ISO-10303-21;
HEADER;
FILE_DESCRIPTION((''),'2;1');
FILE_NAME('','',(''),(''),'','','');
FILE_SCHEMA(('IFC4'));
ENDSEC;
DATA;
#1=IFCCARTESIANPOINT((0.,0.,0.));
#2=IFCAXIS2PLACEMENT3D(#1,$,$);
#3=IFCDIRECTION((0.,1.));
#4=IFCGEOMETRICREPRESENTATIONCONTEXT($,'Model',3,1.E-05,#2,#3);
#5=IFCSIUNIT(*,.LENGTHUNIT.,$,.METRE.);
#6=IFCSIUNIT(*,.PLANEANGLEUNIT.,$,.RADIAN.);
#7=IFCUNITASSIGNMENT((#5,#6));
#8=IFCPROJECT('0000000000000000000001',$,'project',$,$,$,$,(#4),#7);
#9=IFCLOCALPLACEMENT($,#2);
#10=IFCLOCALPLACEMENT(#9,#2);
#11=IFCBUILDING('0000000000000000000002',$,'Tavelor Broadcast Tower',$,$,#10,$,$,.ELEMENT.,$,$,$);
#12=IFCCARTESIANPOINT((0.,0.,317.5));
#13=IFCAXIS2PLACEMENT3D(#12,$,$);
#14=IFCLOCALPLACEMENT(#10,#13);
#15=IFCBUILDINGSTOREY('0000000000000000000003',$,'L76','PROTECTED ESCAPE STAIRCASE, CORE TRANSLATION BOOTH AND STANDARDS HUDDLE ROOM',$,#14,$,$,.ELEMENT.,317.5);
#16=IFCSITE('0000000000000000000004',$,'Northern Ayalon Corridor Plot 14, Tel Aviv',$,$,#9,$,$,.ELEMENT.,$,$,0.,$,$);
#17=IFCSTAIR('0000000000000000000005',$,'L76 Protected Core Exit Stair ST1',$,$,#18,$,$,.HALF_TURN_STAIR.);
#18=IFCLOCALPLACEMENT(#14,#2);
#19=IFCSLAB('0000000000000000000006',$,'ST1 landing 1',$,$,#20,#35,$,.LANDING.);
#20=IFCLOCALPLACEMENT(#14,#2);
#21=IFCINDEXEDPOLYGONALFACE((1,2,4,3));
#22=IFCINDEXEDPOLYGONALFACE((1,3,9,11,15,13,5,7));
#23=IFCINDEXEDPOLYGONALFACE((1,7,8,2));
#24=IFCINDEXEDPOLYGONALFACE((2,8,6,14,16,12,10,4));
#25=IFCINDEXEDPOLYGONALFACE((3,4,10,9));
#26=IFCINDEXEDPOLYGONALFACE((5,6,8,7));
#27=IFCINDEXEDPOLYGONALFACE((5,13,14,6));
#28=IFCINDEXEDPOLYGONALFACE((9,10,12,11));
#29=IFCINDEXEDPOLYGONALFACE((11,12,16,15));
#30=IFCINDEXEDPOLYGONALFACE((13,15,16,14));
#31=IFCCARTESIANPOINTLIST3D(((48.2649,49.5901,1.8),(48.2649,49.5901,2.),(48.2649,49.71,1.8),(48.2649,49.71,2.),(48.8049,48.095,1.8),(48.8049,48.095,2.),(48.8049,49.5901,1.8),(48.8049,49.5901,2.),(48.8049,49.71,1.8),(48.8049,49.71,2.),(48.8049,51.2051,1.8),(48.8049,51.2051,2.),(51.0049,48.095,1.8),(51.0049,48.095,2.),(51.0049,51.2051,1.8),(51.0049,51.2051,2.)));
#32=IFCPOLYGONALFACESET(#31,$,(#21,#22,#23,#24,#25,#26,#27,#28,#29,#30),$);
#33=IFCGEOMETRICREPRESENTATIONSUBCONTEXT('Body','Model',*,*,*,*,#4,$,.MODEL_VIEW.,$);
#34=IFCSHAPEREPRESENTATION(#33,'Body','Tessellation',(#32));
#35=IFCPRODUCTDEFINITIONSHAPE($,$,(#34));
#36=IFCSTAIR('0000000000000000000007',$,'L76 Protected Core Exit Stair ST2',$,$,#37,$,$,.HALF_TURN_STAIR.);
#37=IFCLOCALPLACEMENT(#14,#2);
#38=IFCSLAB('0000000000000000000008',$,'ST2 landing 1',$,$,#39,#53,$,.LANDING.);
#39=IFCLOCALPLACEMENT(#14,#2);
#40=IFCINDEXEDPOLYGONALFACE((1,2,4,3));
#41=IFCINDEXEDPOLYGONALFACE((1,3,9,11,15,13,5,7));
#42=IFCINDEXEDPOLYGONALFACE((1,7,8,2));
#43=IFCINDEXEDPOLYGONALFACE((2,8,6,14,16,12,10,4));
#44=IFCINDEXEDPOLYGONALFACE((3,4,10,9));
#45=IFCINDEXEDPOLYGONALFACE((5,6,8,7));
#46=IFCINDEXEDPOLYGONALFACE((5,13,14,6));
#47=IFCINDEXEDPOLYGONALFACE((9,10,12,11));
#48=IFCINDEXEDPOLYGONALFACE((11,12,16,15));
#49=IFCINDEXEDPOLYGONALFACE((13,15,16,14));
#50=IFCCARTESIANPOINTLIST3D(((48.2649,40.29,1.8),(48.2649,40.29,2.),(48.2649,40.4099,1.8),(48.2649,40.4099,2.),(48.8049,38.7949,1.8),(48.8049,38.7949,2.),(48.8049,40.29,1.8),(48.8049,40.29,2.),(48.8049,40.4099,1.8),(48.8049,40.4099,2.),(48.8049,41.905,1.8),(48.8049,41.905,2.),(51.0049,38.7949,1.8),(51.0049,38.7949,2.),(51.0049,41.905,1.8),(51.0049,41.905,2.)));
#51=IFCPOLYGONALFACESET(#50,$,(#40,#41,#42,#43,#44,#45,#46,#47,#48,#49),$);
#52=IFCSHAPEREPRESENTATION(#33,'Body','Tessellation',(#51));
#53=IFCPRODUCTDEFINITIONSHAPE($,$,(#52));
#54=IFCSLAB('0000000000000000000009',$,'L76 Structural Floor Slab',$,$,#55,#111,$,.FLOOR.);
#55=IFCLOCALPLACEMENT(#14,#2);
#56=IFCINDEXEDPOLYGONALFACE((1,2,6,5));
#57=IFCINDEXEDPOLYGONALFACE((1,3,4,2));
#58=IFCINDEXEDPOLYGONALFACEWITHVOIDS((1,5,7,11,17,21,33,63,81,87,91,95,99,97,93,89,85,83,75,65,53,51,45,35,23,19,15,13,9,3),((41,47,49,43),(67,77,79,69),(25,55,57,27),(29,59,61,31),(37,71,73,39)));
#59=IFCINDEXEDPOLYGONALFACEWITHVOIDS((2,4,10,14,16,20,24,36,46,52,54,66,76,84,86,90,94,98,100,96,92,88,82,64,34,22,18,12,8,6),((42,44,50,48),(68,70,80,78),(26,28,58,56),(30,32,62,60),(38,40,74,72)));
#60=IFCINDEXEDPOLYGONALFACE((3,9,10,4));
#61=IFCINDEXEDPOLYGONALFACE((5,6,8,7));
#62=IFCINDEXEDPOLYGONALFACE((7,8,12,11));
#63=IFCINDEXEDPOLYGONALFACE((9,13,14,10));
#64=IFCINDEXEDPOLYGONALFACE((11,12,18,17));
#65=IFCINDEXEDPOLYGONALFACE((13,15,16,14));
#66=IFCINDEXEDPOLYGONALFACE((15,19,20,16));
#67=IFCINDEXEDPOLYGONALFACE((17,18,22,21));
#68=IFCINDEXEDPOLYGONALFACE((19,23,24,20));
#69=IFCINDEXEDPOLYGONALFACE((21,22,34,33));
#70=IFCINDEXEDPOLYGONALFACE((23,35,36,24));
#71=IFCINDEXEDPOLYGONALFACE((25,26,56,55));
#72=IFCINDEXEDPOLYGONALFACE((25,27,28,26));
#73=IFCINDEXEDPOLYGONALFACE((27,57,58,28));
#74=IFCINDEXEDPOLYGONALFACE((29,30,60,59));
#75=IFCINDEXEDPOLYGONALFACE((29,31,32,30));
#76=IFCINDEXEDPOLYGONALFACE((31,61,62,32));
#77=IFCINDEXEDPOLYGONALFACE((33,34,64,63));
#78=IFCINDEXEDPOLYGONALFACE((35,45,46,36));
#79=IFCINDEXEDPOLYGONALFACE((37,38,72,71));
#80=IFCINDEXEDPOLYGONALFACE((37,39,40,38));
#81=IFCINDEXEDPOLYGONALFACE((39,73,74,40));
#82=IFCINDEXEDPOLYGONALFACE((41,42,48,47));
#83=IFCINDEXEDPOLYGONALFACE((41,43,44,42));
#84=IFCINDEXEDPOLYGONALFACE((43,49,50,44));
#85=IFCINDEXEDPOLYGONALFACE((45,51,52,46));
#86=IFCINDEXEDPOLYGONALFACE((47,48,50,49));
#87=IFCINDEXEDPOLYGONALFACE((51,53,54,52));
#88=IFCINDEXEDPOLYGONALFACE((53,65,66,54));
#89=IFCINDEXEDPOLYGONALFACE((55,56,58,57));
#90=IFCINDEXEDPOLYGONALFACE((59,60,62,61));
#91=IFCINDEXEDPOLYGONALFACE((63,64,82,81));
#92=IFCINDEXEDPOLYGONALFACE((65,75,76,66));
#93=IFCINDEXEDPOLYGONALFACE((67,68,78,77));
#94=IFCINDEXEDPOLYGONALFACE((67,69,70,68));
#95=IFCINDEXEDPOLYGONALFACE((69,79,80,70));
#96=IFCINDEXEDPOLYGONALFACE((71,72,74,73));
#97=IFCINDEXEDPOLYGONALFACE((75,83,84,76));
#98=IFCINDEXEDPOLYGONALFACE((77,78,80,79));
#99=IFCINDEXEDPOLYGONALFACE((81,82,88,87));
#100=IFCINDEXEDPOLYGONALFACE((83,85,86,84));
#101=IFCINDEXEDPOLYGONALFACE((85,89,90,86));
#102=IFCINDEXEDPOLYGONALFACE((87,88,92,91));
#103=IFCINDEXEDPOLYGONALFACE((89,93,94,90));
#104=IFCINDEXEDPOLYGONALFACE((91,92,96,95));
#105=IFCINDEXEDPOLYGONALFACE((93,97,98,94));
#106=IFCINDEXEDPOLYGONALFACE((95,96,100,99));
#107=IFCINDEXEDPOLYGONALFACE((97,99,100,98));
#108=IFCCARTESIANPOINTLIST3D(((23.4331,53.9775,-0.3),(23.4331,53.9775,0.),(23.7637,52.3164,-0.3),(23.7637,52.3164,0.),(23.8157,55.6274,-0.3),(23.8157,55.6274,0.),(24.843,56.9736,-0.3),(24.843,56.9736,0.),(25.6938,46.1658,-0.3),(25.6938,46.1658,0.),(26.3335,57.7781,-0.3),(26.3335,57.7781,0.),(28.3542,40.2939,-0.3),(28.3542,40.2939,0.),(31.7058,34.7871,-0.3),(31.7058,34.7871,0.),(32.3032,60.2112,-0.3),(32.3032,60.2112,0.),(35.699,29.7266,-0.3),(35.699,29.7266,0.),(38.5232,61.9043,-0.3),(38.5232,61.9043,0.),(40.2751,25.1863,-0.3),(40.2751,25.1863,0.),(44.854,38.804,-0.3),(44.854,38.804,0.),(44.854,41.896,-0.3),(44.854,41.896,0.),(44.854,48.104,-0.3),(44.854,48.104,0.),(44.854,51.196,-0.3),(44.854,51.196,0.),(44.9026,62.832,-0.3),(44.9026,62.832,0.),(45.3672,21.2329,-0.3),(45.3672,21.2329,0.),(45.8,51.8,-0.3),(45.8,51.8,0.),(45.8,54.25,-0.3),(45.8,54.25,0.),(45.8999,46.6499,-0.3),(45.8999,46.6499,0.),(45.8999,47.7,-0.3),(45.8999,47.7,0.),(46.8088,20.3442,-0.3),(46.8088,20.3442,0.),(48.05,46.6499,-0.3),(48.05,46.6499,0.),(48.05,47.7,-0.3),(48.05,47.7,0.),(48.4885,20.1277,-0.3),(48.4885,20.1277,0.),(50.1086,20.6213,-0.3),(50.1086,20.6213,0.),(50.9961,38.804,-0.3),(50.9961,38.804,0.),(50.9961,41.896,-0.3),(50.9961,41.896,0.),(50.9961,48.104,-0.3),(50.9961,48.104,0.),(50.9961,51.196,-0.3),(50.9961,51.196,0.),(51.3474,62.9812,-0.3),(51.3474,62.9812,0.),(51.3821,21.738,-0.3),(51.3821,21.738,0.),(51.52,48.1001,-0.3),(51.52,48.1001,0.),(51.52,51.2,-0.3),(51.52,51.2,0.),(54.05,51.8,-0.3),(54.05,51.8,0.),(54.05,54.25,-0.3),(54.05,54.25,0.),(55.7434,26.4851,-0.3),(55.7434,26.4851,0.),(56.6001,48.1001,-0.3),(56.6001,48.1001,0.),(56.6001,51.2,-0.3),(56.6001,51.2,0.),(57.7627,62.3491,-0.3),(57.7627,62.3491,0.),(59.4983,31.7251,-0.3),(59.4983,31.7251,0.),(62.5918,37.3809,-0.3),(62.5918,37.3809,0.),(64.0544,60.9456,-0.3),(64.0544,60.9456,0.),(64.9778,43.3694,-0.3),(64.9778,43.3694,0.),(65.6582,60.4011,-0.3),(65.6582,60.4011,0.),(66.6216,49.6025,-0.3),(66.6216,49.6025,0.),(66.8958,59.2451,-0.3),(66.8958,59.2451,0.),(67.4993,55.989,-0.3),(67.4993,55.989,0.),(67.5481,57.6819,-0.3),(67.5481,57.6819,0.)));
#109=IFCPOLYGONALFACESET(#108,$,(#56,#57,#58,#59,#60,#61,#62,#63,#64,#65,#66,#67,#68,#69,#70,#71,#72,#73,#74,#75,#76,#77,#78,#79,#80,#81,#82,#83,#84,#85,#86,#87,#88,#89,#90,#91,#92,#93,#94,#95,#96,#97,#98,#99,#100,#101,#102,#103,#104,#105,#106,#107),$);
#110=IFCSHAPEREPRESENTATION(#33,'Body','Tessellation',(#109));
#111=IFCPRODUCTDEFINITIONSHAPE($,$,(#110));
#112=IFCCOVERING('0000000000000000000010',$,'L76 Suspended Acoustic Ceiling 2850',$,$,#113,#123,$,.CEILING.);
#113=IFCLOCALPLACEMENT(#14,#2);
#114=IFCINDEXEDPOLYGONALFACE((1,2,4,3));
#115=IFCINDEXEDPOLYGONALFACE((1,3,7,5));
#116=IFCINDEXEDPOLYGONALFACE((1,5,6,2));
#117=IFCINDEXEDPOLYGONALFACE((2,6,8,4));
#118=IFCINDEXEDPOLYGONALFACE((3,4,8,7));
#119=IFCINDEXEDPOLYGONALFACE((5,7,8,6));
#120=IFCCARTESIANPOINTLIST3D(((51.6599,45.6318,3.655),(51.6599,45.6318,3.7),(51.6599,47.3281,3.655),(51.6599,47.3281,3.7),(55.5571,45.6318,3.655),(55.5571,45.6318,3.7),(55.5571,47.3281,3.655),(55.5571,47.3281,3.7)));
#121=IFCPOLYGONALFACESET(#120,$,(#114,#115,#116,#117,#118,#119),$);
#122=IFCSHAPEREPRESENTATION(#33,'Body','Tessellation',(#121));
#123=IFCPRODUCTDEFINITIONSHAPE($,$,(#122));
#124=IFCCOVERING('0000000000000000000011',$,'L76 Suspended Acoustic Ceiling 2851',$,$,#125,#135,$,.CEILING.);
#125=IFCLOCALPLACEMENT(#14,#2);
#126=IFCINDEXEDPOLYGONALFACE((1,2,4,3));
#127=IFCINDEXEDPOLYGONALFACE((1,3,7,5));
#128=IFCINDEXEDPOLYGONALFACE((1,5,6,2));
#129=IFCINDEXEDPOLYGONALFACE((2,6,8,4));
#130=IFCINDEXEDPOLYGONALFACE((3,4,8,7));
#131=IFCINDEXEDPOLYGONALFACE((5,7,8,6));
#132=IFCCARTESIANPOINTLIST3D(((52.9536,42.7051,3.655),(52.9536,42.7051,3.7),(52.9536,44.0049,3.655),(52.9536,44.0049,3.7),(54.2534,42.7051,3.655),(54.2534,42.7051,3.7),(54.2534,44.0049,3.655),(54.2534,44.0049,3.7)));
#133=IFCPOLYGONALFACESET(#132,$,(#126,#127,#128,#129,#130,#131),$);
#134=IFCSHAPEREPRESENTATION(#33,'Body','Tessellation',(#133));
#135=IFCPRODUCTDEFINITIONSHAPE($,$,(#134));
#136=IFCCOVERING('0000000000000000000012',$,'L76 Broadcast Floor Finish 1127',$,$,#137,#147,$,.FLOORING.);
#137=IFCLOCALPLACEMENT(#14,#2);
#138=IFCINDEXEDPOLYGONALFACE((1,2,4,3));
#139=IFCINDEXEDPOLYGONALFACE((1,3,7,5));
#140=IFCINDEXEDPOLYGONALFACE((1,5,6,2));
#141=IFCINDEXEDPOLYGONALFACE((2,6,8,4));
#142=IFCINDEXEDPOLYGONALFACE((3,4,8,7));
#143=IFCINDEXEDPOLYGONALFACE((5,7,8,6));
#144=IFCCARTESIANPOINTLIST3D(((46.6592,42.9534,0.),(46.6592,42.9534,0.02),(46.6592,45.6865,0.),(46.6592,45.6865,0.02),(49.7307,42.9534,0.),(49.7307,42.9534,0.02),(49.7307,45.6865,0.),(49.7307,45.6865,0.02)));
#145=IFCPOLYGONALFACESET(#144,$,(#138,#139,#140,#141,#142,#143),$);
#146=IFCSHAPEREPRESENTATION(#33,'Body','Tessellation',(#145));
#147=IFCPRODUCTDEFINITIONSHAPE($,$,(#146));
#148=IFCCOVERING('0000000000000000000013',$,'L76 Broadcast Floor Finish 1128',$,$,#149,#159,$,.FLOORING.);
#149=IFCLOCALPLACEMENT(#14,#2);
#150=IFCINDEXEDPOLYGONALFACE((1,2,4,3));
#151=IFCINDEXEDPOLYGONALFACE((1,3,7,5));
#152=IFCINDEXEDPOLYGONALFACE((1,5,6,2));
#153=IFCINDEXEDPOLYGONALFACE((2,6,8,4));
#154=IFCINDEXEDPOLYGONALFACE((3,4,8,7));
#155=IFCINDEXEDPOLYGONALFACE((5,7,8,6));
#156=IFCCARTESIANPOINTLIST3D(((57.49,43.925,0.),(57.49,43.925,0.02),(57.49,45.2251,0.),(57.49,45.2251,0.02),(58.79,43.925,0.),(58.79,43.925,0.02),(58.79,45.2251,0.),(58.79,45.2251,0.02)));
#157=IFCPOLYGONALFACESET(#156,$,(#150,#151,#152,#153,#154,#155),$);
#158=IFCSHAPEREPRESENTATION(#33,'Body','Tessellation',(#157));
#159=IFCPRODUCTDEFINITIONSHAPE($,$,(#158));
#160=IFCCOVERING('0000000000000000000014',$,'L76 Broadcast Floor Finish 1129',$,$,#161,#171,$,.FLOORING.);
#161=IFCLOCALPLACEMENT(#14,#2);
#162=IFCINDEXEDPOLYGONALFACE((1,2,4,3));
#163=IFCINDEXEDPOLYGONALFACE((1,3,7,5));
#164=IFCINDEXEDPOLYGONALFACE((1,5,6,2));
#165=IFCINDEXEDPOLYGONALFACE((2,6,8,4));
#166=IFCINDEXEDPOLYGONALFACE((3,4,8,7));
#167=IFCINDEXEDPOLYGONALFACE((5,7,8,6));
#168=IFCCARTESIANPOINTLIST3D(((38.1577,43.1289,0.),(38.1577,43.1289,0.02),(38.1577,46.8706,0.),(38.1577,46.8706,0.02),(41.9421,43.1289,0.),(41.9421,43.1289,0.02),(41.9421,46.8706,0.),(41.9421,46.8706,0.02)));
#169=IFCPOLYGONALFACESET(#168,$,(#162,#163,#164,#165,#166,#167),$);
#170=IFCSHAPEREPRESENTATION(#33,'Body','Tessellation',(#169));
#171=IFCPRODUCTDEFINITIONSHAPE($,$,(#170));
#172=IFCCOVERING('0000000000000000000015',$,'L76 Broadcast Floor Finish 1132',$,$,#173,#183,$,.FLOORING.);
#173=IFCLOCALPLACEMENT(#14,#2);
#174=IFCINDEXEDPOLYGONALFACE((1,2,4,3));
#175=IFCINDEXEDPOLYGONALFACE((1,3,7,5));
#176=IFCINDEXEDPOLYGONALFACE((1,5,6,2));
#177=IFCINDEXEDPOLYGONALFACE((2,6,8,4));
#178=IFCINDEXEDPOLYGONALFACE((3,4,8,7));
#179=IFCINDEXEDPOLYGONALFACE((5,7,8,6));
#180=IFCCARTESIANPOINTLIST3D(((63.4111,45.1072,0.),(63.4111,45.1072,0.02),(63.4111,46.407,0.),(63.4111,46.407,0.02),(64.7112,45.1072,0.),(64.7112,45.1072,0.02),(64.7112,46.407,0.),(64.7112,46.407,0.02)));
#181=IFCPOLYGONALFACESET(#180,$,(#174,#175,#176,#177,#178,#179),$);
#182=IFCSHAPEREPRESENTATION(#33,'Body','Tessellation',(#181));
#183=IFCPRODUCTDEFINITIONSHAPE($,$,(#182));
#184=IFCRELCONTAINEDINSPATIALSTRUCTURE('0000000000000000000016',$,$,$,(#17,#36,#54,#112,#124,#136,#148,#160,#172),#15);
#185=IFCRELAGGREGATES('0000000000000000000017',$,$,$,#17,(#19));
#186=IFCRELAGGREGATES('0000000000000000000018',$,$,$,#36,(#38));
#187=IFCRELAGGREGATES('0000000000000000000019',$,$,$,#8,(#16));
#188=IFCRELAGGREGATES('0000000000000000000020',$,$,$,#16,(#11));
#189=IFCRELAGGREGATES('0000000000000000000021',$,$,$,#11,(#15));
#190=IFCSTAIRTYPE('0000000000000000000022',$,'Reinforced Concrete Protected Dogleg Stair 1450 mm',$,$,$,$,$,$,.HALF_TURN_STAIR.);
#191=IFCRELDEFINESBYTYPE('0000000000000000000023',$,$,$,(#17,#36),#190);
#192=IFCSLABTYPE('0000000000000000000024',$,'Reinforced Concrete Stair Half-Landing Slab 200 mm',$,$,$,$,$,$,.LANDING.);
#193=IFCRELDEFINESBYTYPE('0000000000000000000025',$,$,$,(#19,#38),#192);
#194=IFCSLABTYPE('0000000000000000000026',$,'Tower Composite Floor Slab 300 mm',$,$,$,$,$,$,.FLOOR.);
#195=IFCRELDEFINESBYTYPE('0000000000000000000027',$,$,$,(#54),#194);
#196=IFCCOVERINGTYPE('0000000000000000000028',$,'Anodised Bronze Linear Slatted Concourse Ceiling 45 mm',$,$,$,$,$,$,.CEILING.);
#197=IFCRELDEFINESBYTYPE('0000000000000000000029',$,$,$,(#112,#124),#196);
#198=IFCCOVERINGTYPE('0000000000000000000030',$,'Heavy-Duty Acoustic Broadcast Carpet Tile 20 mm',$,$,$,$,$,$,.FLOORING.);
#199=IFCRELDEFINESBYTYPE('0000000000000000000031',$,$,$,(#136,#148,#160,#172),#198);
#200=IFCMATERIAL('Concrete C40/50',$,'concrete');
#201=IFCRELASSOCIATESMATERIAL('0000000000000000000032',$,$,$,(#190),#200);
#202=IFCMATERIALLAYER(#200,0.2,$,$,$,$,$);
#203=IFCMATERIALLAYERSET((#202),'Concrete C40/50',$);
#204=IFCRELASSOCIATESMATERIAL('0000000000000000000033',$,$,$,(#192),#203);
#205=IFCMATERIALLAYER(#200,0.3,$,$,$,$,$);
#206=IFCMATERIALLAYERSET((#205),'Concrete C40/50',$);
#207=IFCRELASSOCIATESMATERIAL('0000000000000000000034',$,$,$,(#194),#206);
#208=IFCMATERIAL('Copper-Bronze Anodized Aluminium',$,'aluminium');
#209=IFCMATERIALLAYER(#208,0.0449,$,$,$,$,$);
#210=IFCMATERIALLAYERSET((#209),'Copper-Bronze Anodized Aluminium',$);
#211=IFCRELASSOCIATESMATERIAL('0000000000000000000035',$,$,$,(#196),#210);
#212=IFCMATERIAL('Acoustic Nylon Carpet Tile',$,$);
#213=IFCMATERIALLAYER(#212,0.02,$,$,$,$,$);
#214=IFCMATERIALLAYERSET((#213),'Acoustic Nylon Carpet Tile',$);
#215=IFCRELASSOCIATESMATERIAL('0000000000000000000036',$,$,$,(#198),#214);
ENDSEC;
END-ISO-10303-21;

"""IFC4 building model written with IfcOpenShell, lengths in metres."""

from ifc_helpers import new_model, si_unit, direction, frame, origin, place, context, subcontext, project, spatial, polyline, outline, extrude, material, layer, layer_set, type_object, element, aggregate, save


model = new_model("IFC4")

# Units and contexts
model_context = context("Model", 3, precision=1e-05, world=origin(), true_north=direction((0.0, 1.0)))
body_context = subcontext(model_context, "Body", "Model", "MODEL_VIEW")
ifc_project = project(units=[si_unit("LENGTHUNIT", "METRE"), si_unit("PLANEANGLEUNIT", "RADIAN")], contexts=[model_context])

# Site, building, storey
site_placement = place(None, origin())
site = spatial("IfcSite", under=ifc_project, at=site_placement, Name="Northern Ayalon Corridor Plot 14, Tel Aviv", CompositionType="ELEMENT", RefElevation=0.0)
building_placement = place(site_placement, origin())
building = spatial("IfcBuilding", under=site, at=building_placement, Name="Tavelor Broadcast Tower", CompositionType="ELEMENT")
storey_placement = place(building_placement, frame((0.0, 0.0, 317.5)))
storey = spatial("IfcBuildingStorey", under=building, at=storey_placement, Name="L76", Description="PROTECTED ESCAPE STAIRCASE, CORE TRANSLATION BOOTH AND STANDARDS HUDDLE ROOM", CompositionType="ELEMENT", Elevation=317.5)

# Stairs, slabs
ifc_material_1 = material(Name="Concrete C40/50", Category="concrete")
stair_type = type_object("IfcStairType", Name="Reinforced Concrete Protected Dogleg Stair 1450 mm", PredefinedType="HALF_TURN_STAIR", material=ifc_material_1)
stair_1_placement = place(storey_placement, origin())
stair_1 = element("IfcStair", 1, at=stair_1_placement, inside=storey, type_object=stair_type, Name="L76 Protected Core Exit Stair ST1", PredefinedType="HALF_TURN_STAIR")
ifc_layer_1 = layer(ifc_material_1, 0.2)
ifc_layer_set_1 = layer_set([ifc_layer_1], Name="Concrete C40/50")
slab_type_1 = type_object("IfcSlabType", Name="Reinforced Concrete Stair Half-Landing Slab 200 mm", PredefinedType="LANDING", material=ifc_layer_set_1)
slab_1_placement = place(storey_placement, frame((0.0, 0.0, 1.8)))
slab_1 = element("IfcSlab", 2, at=slab_1_placement, type_object=slab_type_1, Name="ST1 landing 1", PredefinedType="LANDING", context=body_context, shape_type="SweptSolid", body=[
    extrude(outline(polyline([(48.8049, 49.5901), (48.8049, 48.095), (51.0049, 48.095), (51.0049, 51.2051), (48.8049, 51.2051), (48.8049, 49.71), (48.2649, 49.71), (48.2649, 49.5901), (48.8049, 49.5901)])), origin(), (0.0, 0.0, 1.0), 0.2),
])
aggregate(stair_1, [slab_1])
stair_2_placement = place(storey_placement, origin())
stair_2 = element("IfcStair", 3, at=stair_2_placement, inside=storey, type_object=stair_type, Name="L76 Protected Core Exit Stair ST2", PredefinedType="HALF_TURN_STAIR")
slab_2_placement = place(storey_placement, frame((0.0, 0.0, 1.8)))
slab_2 = element("IfcSlab", 4, at=slab_2_placement, type_object=slab_type_1, Name="ST2 landing 1", PredefinedType="LANDING", context=body_context, shape_type="SweptSolid", body=[
    extrude(outline(polyline([(48.8049, 40.29), (48.8049, 38.7949), (51.0049, 38.7949), (51.0049, 41.905), (48.8049, 41.905), (48.8049, 40.4099), (48.2649, 40.4099), (48.2649, 40.29), (48.8049, 40.29)])), origin(), (0.0, 0.0, 1.0), 0.2),
])
aggregate(stair_2, [slab_2])

# Slab
ifc_layer_2 = layer(ifc_material_1, 0.3)
ifc_layer_set_2 = layer_set([ifc_layer_2], Name="Concrete C40/50")
slab_type_2 = type_object("IfcSlabType", Name="Tower Composite Floor Slab 300 mm", PredefinedType="FLOOR", material=ifc_layer_set_2)
slab_3_placement = place(storey_placement, frame((0.0, 0.0, -0.3)))
element("IfcSlab", 5, at=slab_3_placement, inside=storey, type_object=slab_type_2, Name="L76 Structural Floor Slab", PredefinedType="FLOOR", context=body_context, shape_type="SweptSolid", body=[
    extrude(outline(polyline([(26.3335, 57.7781), (24.843, 56.9736), (23.8157, 55.6274), (23.4331, 53.9775), (23.7637, 52.3164), (25.6938, 46.1658), (28.3542, 40.2939), (31.7058, 34.7871), (35.699, 29.7266), (40.2751, 25.1863), (45.3672, 21.2329), (46.8088, 20.3442), (48.4885, 20.1277), (50.1086, 20.6213), (51.3821, 21.738), (55.7434, 26.4851), (59.4983, 31.7251), (62.5918, 37.3809), (64.9778, 43.3694), (66.6216, 49.6025), (67.4993, 55.989), (67.5481, 57.6819), (66.8958, 59.2451), (65.6582, 60.4011), (64.0544, 60.9456), (57.7627, 62.3491), (51.3474, 62.9812), (44.9026, 62.832), (38.5232, 61.9043), (32.3032, 60.2112), (26.3335, 57.7781)]), holes=[polyline([(50.9961, 41.896), (50.9961, 38.804), (44.854, 38.804), (44.854, 41.896), (50.9961, 41.896)]), polyline([(48.05, 47.7), (48.05, 46.6499), (45.8999, 46.6499), (45.8999, 47.7), (48.05, 47.7)]), polyline([(50.9961, 51.196), (50.9961, 48.104), (44.854, 48.104), (44.854, 51.196), (50.9961, 51.196)]), polyline([(56.6001, 48.1001), (51.52, 48.1001), (51.52, 51.2), (56.6001, 51.2), (56.6001, 48.1001)]), polyline([(54.05, 51.8), (45.8, 51.8), (45.8, 54.25), (54.05, 54.25), (54.05, 51.8)])]), origin(), (0.0, 0.0, 1.0), 0.3),
])

# Coverings
ifc_material_2 = material(Name="Copper-Bronze Anodized Aluminium", Category="aluminium")
ifc_layer_3 = layer(ifc_material_2, 0.0449)
ifc_layer_set_3 = layer_set([ifc_layer_3], Name="Copper-Bronze Anodized Aluminium")
covering_type_1 = type_object("IfcCoveringType", Name="Anodised Bronze Linear Slatted Concourse Ceiling 45 mm", PredefinedType="CEILING", material=ifc_layer_set_3)
covering_1_placement = place(storey_placement, frame((0.0, 0.0, 3.655)))
element("IfcCovering", 6, at=covering_1_placement, inside=storey, type_object=covering_type_1, Name="L76 Suspended Acoustic Ceiling 2850", PredefinedType="CEILING", context=body_context, shape_type="SweptSolid", body=[
    extrude(outline(polyline([(51.6599, 45.6318), (55.5571, 45.6318), (55.5571, 47.3281), (51.6599, 47.3281), (51.6599, 45.6318)])), origin(), (0.0, 0.0, 1.0), 0.0449),
])
covering_2_placement = place(storey_placement, frame((0.0, 0.0, 3.655)))
element("IfcCovering", 7, at=covering_2_placement, inside=storey, type_object=covering_type_1, Name="L76 Suspended Acoustic Ceiling 2851", PredefinedType="CEILING", context=body_context, shape_type="SweptSolid", body=[
    extrude(outline(polyline([(52.9536, 42.7051), (54.2534, 42.7051), (54.2534, 44.0049), (52.9536, 44.0049), (52.9536, 42.7051)])), origin(), (0.0, 0.0, 1.0), 0.0449),
])
ifc_material_3 = material(Name="Acoustic Nylon Carpet Tile")
ifc_layer_4 = layer(ifc_material_3, 0.02)
ifc_layer_set_4 = layer_set([ifc_layer_4], Name="Acoustic Nylon Carpet Tile")
covering_type_2 = type_object("IfcCoveringType", Name="Heavy-Duty Acoustic Broadcast Carpet Tile 20 mm", PredefinedType="FLOORING", material=ifc_layer_set_4)
covering_3_placement = place(storey_placement, origin())
element("IfcCovering", 8, at=covering_3_placement, inside=storey, type_object=covering_type_2, Name="L76 Broadcast Floor Finish 1127", PredefinedType="FLOORING", context=body_context, shape_type="SweptSolid", body=[
    extrude(outline(polyline([(46.6592, 42.9534), (49.7307, 42.9534), (49.7307, 45.6865), (46.6592, 45.6865), (46.6592, 42.9534)])), origin(), (0.0, 0.0, 1.0), 0.02),
])
covering_4_placement = place(storey_placement, origin())
element("IfcCovering", 9, at=covering_4_placement, inside=storey, type_object=covering_type_2, Name="L76 Broadcast Floor Finish 1128", PredefinedType="FLOORING", context=body_context, shape_type="SweptSolid", body=[
    extrude(outline(polyline([(57.49, 43.925), (58.79, 43.925), (58.79, 45.2251), (57.49, 45.2251), (57.49, 43.925)])), origin(), (0.0, 0.0, 1.0), 0.02),
])
covering_5_placement = place(storey_placement, origin())
element("IfcCovering", 10, at=covering_5_placement, inside=storey, type_object=covering_type_2, Name="L76 Broadcast Floor Finish 1129", PredefinedType="FLOORING", context=body_context, shape_type="SweptSolid", body=[
    extrude(outline(polyline([(38.1577, 43.1289), (41.9421, 43.1289), (41.9421, 46.8706), (38.1577, 46.8706), (38.1577, 43.1289)])), origin(), (0.0, 0.0, 1.0), 0.02),
])
covering_6_placement = place(storey_placement, origin())
element("IfcCovering", 11, at=covering_6_placement, inside=storey, type_object=covering_type_2, Name="L76 Broadcast Floor Finish 1132", PredefinedType="FLOORING", context=body_context, shape_type="SweptSolid", body=[
    extrude(outline(polyline([(63.4111, 45.1072), (64.7112, 45.1072), (64.7112, 46.407), (63.4111, 46.407), (63.4111, 45.1072)])), origin(), (0.0, 0.0, 1.0), 0.02),
])

save(model, "model.ifc")
